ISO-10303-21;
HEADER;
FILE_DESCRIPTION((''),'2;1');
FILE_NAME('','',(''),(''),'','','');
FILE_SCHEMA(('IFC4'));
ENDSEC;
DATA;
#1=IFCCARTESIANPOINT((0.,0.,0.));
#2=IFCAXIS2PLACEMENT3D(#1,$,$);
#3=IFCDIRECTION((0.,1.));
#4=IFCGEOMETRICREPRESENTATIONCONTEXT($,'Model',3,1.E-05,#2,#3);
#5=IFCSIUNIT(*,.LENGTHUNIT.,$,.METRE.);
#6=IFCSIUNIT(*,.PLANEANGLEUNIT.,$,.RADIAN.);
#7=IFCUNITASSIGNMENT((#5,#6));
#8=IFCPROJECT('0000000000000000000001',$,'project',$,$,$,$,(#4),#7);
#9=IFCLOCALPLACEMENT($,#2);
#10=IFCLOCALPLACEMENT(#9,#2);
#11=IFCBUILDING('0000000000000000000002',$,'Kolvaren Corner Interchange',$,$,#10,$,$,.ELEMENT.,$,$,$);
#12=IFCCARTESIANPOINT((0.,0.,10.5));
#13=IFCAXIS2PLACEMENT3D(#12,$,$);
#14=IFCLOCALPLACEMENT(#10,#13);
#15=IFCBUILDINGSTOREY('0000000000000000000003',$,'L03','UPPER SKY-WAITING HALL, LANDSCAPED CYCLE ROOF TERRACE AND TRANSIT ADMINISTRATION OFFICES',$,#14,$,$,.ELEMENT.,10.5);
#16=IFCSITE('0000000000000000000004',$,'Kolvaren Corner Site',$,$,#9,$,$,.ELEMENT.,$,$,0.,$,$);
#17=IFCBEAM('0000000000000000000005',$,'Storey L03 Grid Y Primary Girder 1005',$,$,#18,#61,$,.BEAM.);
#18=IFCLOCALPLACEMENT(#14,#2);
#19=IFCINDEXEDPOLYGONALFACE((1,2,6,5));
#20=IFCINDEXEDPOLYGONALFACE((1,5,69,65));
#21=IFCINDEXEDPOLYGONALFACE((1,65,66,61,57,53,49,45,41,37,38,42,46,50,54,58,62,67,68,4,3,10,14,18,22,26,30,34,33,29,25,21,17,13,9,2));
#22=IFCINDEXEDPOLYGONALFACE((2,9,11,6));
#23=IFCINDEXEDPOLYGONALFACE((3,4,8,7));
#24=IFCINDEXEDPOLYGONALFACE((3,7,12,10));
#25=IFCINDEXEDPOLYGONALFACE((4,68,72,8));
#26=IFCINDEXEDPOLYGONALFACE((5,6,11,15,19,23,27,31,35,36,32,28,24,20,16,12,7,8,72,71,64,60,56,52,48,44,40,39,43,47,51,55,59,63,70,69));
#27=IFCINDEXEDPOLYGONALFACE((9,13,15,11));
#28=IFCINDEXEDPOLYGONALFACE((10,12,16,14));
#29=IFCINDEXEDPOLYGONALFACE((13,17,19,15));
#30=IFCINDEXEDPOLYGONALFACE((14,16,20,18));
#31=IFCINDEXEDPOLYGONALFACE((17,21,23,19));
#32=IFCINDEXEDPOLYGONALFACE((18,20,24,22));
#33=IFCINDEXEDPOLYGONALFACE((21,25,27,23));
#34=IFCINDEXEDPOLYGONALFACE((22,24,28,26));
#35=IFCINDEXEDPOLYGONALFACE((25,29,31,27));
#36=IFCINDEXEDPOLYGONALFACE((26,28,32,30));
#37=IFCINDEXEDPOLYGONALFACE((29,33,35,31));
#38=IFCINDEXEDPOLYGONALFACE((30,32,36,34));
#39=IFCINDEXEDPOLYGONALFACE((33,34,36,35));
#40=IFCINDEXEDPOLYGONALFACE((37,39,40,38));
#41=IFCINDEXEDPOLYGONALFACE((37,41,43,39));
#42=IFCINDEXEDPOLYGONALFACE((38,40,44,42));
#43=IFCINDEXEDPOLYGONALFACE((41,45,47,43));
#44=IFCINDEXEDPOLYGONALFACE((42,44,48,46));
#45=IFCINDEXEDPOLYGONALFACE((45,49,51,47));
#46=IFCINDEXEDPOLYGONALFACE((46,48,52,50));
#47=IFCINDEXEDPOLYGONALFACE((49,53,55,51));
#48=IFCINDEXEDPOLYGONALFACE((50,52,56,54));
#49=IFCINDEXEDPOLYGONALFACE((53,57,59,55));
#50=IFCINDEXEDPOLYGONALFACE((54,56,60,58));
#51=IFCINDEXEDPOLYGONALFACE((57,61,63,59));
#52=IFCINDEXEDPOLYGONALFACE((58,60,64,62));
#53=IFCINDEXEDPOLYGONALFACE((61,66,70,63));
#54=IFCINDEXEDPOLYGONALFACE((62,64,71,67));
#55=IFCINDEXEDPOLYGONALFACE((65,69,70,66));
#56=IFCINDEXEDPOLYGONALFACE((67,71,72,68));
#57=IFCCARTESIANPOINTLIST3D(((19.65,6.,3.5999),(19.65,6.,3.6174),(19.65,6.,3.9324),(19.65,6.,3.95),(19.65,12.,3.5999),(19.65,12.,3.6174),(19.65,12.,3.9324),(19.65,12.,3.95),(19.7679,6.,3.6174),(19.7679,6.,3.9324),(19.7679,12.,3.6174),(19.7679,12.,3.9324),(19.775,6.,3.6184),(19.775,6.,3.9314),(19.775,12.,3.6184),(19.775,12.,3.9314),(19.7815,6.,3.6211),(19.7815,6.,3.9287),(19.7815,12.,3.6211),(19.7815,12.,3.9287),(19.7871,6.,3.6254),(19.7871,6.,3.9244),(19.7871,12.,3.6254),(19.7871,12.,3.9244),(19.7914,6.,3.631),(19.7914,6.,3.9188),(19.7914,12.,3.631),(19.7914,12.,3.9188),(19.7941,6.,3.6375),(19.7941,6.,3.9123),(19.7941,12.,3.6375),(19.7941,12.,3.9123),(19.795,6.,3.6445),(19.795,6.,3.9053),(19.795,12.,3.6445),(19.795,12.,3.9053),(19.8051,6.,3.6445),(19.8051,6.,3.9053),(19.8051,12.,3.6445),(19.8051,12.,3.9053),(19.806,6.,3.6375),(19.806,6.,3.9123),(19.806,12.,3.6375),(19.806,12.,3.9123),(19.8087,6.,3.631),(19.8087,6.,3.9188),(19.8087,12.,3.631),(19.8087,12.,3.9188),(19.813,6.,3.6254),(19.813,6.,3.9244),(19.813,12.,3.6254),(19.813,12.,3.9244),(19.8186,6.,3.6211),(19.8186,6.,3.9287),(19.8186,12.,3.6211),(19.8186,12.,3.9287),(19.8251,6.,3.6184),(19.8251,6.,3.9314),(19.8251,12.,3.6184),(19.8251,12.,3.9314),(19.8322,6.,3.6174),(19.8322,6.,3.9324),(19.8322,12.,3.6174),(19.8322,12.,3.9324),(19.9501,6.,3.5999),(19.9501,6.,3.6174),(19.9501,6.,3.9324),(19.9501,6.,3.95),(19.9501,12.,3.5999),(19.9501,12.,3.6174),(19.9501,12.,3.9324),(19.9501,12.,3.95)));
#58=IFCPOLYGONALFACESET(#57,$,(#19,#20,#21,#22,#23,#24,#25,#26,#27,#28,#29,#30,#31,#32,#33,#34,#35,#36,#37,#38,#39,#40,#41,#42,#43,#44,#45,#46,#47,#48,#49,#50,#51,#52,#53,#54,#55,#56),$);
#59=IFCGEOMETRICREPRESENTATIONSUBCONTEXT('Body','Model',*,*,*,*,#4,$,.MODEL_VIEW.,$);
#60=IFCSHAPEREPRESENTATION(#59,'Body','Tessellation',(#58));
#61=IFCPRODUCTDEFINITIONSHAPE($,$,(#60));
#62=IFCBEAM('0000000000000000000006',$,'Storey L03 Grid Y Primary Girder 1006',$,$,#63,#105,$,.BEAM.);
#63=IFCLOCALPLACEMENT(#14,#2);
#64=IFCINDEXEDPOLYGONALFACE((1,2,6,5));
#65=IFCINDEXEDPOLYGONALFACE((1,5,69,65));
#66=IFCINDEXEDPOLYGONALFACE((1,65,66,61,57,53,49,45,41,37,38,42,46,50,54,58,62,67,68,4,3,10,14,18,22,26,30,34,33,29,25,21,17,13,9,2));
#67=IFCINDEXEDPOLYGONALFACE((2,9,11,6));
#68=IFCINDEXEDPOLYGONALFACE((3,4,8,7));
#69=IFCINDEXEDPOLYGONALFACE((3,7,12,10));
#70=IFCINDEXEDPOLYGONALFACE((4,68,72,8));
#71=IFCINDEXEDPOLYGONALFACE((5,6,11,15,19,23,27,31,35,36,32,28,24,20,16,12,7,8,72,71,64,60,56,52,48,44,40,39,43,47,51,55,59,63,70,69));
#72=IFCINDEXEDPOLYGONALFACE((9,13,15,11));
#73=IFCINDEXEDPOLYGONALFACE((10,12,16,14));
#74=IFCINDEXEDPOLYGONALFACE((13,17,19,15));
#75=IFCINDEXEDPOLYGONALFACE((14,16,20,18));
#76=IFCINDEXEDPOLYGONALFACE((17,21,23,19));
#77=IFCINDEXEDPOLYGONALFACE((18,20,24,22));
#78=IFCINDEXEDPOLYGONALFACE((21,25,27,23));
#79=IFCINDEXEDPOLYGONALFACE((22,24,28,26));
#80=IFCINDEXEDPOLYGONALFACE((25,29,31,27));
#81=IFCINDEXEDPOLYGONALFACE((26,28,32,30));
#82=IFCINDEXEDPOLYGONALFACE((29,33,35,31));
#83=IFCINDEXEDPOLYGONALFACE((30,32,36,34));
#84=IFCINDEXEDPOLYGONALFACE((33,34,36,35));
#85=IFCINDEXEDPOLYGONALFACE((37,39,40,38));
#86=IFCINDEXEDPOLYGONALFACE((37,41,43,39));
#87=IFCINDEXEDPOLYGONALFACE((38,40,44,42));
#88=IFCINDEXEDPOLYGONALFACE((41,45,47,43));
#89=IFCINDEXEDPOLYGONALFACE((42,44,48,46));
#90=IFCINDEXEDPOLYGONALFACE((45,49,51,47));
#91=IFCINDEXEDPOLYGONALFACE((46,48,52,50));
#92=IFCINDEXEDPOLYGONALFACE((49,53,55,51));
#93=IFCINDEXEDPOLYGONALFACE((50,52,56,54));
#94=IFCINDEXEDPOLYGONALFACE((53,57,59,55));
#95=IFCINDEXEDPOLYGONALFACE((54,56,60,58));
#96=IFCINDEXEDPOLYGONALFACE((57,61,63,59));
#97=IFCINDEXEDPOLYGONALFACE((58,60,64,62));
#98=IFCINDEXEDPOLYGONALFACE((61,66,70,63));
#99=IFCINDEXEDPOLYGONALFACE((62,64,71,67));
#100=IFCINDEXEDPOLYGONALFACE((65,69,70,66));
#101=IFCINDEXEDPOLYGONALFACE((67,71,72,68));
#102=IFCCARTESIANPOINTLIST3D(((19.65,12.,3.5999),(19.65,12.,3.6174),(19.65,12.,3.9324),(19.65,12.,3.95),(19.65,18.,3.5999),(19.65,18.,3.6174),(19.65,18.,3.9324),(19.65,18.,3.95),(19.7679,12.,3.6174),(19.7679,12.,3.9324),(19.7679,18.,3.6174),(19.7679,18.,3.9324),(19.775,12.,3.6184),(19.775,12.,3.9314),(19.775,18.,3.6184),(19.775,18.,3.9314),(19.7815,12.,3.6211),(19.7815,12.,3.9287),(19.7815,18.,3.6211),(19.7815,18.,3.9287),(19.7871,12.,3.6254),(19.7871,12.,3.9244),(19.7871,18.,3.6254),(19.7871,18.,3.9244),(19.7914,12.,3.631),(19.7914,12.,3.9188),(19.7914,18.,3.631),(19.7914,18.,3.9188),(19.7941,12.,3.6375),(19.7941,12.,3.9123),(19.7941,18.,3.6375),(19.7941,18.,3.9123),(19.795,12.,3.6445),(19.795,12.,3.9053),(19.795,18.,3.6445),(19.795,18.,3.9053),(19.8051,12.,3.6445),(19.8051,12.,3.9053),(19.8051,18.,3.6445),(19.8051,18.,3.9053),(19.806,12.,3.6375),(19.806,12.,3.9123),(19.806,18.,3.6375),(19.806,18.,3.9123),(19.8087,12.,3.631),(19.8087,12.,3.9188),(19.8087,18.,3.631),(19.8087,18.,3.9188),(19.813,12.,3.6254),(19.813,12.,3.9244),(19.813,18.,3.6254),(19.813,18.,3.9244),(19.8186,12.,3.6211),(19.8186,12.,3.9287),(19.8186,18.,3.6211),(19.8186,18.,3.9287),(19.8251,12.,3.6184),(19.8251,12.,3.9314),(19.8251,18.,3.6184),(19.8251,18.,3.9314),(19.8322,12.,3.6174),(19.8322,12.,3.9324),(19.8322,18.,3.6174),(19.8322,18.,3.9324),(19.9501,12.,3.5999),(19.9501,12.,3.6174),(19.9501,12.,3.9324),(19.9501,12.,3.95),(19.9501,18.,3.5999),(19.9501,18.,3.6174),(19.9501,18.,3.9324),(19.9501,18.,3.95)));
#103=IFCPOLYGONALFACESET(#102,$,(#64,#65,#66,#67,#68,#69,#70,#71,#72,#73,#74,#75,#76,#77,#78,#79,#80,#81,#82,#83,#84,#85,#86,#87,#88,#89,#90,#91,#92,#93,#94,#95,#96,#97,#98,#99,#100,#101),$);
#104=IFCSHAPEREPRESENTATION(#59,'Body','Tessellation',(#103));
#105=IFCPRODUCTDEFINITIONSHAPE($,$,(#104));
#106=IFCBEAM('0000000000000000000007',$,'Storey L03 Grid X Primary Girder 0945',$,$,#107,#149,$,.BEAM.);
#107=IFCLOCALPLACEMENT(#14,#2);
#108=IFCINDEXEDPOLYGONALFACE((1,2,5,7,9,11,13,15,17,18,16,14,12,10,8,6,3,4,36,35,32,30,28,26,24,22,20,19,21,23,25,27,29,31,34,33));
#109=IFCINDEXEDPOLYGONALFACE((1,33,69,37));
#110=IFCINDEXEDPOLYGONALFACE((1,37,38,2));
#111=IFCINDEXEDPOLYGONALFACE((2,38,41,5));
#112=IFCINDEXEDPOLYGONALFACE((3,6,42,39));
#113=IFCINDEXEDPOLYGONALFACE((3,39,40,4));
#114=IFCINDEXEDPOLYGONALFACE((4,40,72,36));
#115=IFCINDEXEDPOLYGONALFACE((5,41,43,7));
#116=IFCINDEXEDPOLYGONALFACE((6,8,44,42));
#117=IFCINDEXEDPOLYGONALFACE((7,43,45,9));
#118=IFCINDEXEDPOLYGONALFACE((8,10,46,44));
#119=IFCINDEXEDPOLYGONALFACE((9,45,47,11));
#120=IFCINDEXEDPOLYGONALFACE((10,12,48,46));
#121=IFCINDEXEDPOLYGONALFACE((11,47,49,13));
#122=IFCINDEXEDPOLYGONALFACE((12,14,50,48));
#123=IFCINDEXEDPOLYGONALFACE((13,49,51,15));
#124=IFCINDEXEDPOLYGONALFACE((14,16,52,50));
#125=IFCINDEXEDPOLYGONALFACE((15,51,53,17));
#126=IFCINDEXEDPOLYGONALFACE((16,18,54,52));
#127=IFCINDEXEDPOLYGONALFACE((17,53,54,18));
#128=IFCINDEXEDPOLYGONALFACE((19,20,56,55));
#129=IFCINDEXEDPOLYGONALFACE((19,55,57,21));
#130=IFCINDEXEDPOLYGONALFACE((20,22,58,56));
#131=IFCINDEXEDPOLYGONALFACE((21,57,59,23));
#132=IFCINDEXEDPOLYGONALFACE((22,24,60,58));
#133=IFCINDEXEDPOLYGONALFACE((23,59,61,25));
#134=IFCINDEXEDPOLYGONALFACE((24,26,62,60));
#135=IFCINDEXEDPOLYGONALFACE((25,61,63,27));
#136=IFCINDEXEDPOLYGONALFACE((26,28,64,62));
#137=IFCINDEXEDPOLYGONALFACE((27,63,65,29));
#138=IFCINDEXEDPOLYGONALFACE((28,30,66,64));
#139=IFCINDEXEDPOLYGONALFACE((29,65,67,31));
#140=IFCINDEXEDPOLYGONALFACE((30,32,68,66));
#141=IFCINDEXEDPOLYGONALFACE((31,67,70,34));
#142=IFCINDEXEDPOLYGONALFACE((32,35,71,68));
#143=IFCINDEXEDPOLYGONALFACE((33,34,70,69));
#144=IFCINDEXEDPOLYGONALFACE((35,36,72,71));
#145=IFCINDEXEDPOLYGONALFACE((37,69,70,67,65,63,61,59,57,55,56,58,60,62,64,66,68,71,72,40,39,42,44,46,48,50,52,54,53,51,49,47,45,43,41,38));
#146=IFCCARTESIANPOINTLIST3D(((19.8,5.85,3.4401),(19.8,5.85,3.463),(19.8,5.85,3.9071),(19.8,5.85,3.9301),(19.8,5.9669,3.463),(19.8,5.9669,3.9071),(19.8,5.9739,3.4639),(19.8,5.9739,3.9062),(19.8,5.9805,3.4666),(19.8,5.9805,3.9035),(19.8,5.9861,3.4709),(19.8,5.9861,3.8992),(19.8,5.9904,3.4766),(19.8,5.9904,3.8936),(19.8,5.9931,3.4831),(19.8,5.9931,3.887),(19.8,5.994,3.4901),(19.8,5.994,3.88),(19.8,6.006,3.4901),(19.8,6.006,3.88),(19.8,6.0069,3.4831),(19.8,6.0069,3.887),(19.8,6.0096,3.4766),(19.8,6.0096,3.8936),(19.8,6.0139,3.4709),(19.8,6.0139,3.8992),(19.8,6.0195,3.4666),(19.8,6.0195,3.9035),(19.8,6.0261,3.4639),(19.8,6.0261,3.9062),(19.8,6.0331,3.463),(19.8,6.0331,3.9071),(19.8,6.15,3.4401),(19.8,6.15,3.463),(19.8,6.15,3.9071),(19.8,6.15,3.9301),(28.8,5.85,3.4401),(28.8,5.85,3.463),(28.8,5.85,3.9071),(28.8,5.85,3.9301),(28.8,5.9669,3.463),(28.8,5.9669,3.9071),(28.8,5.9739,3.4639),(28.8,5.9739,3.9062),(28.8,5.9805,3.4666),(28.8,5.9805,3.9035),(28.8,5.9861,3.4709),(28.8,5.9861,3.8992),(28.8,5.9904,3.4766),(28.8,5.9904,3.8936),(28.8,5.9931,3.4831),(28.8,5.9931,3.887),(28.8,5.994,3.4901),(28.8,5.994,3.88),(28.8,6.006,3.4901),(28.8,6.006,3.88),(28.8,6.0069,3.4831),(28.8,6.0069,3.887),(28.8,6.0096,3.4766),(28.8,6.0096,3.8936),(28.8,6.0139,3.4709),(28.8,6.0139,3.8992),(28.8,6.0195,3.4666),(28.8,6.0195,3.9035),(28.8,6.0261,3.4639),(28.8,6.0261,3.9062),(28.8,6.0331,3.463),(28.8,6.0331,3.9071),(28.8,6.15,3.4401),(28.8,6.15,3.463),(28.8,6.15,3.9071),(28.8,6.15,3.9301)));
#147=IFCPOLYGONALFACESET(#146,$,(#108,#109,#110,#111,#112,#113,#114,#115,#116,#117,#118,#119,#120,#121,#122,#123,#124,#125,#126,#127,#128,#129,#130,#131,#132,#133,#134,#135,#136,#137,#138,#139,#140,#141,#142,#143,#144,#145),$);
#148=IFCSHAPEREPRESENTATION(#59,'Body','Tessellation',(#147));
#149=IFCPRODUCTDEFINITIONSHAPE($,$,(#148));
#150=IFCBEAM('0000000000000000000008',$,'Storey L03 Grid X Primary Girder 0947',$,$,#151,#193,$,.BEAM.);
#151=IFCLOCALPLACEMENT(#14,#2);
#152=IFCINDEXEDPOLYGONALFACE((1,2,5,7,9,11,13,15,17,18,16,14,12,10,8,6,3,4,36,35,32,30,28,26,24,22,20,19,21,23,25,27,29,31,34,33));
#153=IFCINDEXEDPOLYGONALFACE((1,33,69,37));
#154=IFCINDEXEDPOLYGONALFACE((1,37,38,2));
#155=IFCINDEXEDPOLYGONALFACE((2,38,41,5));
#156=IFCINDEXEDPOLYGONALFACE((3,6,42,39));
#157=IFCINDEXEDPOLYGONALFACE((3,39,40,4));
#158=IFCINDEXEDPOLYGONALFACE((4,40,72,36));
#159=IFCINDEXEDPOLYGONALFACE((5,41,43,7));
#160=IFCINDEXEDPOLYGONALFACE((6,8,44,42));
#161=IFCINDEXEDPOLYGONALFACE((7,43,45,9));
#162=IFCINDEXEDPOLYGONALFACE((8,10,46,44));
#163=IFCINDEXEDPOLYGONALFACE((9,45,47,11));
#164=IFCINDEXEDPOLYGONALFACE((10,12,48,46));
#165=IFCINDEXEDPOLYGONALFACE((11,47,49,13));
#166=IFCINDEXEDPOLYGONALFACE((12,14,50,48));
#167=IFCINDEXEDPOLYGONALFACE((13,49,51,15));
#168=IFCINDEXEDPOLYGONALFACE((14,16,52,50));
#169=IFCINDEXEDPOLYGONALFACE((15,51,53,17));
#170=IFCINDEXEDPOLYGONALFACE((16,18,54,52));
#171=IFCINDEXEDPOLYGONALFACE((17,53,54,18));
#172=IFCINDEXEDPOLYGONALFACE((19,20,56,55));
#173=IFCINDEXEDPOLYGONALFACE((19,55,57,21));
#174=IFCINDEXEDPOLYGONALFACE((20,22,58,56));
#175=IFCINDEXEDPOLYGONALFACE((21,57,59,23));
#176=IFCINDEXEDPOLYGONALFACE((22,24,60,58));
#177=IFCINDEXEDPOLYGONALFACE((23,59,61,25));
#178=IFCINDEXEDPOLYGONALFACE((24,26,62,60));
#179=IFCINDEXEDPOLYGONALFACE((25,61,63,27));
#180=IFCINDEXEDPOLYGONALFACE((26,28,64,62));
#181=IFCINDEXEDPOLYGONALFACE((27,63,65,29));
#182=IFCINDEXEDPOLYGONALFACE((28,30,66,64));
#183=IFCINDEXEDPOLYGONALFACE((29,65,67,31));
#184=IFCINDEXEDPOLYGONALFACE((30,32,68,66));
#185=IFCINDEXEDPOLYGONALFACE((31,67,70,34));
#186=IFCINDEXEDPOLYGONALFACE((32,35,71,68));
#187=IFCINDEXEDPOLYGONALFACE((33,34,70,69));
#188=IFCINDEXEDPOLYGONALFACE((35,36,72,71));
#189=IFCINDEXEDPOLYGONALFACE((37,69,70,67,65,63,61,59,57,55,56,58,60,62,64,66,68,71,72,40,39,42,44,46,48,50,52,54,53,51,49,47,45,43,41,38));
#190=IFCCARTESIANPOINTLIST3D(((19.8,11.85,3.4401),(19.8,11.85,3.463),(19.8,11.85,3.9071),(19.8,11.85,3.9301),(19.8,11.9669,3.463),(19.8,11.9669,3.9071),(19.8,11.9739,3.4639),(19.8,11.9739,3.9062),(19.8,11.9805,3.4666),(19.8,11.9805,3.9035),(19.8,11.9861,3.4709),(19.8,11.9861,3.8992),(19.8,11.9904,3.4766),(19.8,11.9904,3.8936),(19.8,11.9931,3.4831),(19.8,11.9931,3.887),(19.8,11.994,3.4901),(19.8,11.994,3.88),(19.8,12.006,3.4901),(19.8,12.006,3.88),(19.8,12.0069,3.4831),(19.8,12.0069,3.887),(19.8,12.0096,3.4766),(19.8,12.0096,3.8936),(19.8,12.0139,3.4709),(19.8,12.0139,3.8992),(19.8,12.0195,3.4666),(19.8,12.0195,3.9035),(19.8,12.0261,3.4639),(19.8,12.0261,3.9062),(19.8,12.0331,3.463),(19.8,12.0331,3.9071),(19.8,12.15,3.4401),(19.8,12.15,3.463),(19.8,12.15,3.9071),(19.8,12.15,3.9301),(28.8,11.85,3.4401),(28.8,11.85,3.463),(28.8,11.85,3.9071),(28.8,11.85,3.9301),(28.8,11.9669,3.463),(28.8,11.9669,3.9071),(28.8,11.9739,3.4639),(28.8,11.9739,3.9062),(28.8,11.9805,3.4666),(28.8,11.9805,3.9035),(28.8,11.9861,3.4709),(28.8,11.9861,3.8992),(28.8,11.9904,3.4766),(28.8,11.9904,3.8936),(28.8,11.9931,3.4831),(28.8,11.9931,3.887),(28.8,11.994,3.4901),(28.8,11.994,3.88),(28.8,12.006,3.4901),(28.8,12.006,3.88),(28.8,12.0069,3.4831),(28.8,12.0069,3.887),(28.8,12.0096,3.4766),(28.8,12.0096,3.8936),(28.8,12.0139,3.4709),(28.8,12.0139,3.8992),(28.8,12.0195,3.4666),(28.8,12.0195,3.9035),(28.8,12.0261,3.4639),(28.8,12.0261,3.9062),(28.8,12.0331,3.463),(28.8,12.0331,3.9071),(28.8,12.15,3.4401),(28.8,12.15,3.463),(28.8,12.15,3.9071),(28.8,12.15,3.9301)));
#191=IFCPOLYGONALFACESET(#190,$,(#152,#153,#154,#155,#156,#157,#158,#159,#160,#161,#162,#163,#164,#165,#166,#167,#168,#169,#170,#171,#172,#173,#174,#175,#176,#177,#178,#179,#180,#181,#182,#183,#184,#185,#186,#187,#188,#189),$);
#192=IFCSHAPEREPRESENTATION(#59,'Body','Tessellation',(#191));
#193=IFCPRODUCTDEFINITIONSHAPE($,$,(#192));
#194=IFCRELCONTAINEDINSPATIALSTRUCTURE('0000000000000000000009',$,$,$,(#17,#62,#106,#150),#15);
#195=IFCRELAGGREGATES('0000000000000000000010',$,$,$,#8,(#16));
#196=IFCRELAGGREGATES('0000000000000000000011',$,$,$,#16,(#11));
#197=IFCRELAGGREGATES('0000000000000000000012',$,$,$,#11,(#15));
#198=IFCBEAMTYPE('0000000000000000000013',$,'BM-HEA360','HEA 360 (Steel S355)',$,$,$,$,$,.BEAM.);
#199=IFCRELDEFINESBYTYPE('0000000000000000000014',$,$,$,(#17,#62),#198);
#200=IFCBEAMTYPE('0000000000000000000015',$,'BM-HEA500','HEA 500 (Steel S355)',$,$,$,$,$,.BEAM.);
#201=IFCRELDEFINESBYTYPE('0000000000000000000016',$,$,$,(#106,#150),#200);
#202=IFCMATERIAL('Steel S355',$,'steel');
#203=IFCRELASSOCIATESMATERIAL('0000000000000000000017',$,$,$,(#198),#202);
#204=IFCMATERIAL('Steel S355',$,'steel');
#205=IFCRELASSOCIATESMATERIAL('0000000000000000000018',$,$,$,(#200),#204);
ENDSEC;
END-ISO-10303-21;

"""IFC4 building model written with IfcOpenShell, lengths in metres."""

from ifc_helpers import new_model, si_unit, direction, frame, origin, origin_2d, place, context, subcontext, project, spatial, i_section, extrude, material, material_profile, profile_set, type_object, element, save


model = new_model("IFC4")

# Units and contexts
model_context = context("Model", 3, precision=1e-05, world=origin(), true_north=direction((0.0, 1.0)))
body_context = subcontext(model_context, "Body", "Model", "MODEL_VIEW")
ifc_project = project(units=[si_unit("LENGTHUNIT", "METRE"), si_unit("PLANEANGLEUNIT", "RADIAN")], contexts=[model_context])

# Site, building, storey
site_placement = place(None, origin())
site = spatial("IfcSite", under=ifc_project, at=site_placement, Name="Kolvaren Corner Site", CompositionType="ELEMENT", RefElevation=0.0)
building_placement = place(site_placement, origin())
building = spatial("IfcBuilding", under=site, at=building_placement, Name="Kolvaren Corner Interchange", CompositionType="ELEMENT")
storey_placement = place(building_placement, frame((0.0, 0.0, 10.5)))
storey = spatial("IfcBuildingStorey", under=building, at=storey_placement, Name="L03", Description="UPPER SKY-WAITING HALL, LANDSCAPED CYCLE ROOF TERRACE AND TRANSIT ADMINISTRATION OFFICES", CompositionType="ELEMENT", Elevation=10.5)

# Beams
ifc_material_1 = material(Name="Steel S355", Category="steel")
ifc_material_profile_1 = material_profile(ifc_material_1, i_section(OverallWidth=0.3, OverallDepth=0.3501, WebThickness=0.01, FlangeThickness=0.0176, FilletRadius=0.0271, at=origin_2d()), Name="HEA 360")
ifc_profile_set_1 = profile_set([ifc_material_profile_1], Name="Steel S355")
beam_type_1 = type_object("IfcBeamType", Name="BM-HEA360", Description="HEA 360 (Steel S355)", PredefinedType="BEAM", material=ifc_profile_set_1)
for number, where, z_axis, x_axis, name in (
    (1, (19.8, 6.0, 3.7749), (0.0, 1.0, 0.0), (-1.0, 0.0, 0.0), "Storey L03 Grid Y Primary Girder 1005"),
    (2, (19.8, 12.0, 3.7749), (0.0, 1.0, 0.0), (-1.0, 0.0, 0.0), "Storey L03 Grid Y Primary Girder 1006"),
):
    element("IfcBeam", number, at=place(storey_placement, frame(where, z_axis=z_axis, x_axis=x_axis)), inside=storey, type_object=beam_type_1, Name=name, PredefinedType="BEAM", context=body_context, shape_type="SweptSolid", body=[
        extrude(i_section(OverallWidth=0.3, OverallDepth=0.3501, WebThickness=0.01, FlangeThickness=0.0176, FilletRadius=0.0271, at=origin_2d()), origin(), (0.0, 0.0, 1.0), 6.0),
    ])
ifc_material_2 = material(Name="Steel S355", Category="steel")
ifc_material_profile_2 = material_profile(ifc_material_2, i_section(OverallWidth=0.3, OverallDepth=0.49, WebThickness=0.012, FlangeThickness=0.0229, FilletRadius=0.0271, at=origin_2d()), Name="HEA 500")
ifc_profile_set_2 = profile_set([ifc_material_profile_2], Name="Steel S355")
beam_type_2 = type_object("IfcBeamType", Name="BM-HEA500", Description="HEA 500 (Steel S355)", PredefinedType="BEAM", material=ifc_profile_set_2)
for number, where, z_axis, x_axis, name in (
    (3, (19.8, 6.0, 3.6851), (1.0, 0.0, 0.0), (0.0, 1.0, 0.0), "Storey L03 Grid X Primary Girder 0945"),
    (4, (19.8, 12.0, 3.6851), (1.0, 0.0, 0.0), (0.0, 1.0, 0.0), "Storey L03 Grid X Primary Girder 0947"),
):
    element("IfcBeam", number, at=place(storey_placement, frame(where, z_axis=z_axis, x_axis=x_axis)), inside=storey, type_object=beam_type_2, Name=name, PredefinedType="BEAM", context=body_context, shape_type="SweptSolid", body=[
        extrude(i_section(OverallWidth=0.3, OverallDepth=0.49, WebThickness=0.012, FlangeThickness=0.0229, FilletRadius=0.0271, at=origin_2d()), origin(), (0.0, 0.0, 1.0), 9.0),
    ])

save(model, "model.ifc")
